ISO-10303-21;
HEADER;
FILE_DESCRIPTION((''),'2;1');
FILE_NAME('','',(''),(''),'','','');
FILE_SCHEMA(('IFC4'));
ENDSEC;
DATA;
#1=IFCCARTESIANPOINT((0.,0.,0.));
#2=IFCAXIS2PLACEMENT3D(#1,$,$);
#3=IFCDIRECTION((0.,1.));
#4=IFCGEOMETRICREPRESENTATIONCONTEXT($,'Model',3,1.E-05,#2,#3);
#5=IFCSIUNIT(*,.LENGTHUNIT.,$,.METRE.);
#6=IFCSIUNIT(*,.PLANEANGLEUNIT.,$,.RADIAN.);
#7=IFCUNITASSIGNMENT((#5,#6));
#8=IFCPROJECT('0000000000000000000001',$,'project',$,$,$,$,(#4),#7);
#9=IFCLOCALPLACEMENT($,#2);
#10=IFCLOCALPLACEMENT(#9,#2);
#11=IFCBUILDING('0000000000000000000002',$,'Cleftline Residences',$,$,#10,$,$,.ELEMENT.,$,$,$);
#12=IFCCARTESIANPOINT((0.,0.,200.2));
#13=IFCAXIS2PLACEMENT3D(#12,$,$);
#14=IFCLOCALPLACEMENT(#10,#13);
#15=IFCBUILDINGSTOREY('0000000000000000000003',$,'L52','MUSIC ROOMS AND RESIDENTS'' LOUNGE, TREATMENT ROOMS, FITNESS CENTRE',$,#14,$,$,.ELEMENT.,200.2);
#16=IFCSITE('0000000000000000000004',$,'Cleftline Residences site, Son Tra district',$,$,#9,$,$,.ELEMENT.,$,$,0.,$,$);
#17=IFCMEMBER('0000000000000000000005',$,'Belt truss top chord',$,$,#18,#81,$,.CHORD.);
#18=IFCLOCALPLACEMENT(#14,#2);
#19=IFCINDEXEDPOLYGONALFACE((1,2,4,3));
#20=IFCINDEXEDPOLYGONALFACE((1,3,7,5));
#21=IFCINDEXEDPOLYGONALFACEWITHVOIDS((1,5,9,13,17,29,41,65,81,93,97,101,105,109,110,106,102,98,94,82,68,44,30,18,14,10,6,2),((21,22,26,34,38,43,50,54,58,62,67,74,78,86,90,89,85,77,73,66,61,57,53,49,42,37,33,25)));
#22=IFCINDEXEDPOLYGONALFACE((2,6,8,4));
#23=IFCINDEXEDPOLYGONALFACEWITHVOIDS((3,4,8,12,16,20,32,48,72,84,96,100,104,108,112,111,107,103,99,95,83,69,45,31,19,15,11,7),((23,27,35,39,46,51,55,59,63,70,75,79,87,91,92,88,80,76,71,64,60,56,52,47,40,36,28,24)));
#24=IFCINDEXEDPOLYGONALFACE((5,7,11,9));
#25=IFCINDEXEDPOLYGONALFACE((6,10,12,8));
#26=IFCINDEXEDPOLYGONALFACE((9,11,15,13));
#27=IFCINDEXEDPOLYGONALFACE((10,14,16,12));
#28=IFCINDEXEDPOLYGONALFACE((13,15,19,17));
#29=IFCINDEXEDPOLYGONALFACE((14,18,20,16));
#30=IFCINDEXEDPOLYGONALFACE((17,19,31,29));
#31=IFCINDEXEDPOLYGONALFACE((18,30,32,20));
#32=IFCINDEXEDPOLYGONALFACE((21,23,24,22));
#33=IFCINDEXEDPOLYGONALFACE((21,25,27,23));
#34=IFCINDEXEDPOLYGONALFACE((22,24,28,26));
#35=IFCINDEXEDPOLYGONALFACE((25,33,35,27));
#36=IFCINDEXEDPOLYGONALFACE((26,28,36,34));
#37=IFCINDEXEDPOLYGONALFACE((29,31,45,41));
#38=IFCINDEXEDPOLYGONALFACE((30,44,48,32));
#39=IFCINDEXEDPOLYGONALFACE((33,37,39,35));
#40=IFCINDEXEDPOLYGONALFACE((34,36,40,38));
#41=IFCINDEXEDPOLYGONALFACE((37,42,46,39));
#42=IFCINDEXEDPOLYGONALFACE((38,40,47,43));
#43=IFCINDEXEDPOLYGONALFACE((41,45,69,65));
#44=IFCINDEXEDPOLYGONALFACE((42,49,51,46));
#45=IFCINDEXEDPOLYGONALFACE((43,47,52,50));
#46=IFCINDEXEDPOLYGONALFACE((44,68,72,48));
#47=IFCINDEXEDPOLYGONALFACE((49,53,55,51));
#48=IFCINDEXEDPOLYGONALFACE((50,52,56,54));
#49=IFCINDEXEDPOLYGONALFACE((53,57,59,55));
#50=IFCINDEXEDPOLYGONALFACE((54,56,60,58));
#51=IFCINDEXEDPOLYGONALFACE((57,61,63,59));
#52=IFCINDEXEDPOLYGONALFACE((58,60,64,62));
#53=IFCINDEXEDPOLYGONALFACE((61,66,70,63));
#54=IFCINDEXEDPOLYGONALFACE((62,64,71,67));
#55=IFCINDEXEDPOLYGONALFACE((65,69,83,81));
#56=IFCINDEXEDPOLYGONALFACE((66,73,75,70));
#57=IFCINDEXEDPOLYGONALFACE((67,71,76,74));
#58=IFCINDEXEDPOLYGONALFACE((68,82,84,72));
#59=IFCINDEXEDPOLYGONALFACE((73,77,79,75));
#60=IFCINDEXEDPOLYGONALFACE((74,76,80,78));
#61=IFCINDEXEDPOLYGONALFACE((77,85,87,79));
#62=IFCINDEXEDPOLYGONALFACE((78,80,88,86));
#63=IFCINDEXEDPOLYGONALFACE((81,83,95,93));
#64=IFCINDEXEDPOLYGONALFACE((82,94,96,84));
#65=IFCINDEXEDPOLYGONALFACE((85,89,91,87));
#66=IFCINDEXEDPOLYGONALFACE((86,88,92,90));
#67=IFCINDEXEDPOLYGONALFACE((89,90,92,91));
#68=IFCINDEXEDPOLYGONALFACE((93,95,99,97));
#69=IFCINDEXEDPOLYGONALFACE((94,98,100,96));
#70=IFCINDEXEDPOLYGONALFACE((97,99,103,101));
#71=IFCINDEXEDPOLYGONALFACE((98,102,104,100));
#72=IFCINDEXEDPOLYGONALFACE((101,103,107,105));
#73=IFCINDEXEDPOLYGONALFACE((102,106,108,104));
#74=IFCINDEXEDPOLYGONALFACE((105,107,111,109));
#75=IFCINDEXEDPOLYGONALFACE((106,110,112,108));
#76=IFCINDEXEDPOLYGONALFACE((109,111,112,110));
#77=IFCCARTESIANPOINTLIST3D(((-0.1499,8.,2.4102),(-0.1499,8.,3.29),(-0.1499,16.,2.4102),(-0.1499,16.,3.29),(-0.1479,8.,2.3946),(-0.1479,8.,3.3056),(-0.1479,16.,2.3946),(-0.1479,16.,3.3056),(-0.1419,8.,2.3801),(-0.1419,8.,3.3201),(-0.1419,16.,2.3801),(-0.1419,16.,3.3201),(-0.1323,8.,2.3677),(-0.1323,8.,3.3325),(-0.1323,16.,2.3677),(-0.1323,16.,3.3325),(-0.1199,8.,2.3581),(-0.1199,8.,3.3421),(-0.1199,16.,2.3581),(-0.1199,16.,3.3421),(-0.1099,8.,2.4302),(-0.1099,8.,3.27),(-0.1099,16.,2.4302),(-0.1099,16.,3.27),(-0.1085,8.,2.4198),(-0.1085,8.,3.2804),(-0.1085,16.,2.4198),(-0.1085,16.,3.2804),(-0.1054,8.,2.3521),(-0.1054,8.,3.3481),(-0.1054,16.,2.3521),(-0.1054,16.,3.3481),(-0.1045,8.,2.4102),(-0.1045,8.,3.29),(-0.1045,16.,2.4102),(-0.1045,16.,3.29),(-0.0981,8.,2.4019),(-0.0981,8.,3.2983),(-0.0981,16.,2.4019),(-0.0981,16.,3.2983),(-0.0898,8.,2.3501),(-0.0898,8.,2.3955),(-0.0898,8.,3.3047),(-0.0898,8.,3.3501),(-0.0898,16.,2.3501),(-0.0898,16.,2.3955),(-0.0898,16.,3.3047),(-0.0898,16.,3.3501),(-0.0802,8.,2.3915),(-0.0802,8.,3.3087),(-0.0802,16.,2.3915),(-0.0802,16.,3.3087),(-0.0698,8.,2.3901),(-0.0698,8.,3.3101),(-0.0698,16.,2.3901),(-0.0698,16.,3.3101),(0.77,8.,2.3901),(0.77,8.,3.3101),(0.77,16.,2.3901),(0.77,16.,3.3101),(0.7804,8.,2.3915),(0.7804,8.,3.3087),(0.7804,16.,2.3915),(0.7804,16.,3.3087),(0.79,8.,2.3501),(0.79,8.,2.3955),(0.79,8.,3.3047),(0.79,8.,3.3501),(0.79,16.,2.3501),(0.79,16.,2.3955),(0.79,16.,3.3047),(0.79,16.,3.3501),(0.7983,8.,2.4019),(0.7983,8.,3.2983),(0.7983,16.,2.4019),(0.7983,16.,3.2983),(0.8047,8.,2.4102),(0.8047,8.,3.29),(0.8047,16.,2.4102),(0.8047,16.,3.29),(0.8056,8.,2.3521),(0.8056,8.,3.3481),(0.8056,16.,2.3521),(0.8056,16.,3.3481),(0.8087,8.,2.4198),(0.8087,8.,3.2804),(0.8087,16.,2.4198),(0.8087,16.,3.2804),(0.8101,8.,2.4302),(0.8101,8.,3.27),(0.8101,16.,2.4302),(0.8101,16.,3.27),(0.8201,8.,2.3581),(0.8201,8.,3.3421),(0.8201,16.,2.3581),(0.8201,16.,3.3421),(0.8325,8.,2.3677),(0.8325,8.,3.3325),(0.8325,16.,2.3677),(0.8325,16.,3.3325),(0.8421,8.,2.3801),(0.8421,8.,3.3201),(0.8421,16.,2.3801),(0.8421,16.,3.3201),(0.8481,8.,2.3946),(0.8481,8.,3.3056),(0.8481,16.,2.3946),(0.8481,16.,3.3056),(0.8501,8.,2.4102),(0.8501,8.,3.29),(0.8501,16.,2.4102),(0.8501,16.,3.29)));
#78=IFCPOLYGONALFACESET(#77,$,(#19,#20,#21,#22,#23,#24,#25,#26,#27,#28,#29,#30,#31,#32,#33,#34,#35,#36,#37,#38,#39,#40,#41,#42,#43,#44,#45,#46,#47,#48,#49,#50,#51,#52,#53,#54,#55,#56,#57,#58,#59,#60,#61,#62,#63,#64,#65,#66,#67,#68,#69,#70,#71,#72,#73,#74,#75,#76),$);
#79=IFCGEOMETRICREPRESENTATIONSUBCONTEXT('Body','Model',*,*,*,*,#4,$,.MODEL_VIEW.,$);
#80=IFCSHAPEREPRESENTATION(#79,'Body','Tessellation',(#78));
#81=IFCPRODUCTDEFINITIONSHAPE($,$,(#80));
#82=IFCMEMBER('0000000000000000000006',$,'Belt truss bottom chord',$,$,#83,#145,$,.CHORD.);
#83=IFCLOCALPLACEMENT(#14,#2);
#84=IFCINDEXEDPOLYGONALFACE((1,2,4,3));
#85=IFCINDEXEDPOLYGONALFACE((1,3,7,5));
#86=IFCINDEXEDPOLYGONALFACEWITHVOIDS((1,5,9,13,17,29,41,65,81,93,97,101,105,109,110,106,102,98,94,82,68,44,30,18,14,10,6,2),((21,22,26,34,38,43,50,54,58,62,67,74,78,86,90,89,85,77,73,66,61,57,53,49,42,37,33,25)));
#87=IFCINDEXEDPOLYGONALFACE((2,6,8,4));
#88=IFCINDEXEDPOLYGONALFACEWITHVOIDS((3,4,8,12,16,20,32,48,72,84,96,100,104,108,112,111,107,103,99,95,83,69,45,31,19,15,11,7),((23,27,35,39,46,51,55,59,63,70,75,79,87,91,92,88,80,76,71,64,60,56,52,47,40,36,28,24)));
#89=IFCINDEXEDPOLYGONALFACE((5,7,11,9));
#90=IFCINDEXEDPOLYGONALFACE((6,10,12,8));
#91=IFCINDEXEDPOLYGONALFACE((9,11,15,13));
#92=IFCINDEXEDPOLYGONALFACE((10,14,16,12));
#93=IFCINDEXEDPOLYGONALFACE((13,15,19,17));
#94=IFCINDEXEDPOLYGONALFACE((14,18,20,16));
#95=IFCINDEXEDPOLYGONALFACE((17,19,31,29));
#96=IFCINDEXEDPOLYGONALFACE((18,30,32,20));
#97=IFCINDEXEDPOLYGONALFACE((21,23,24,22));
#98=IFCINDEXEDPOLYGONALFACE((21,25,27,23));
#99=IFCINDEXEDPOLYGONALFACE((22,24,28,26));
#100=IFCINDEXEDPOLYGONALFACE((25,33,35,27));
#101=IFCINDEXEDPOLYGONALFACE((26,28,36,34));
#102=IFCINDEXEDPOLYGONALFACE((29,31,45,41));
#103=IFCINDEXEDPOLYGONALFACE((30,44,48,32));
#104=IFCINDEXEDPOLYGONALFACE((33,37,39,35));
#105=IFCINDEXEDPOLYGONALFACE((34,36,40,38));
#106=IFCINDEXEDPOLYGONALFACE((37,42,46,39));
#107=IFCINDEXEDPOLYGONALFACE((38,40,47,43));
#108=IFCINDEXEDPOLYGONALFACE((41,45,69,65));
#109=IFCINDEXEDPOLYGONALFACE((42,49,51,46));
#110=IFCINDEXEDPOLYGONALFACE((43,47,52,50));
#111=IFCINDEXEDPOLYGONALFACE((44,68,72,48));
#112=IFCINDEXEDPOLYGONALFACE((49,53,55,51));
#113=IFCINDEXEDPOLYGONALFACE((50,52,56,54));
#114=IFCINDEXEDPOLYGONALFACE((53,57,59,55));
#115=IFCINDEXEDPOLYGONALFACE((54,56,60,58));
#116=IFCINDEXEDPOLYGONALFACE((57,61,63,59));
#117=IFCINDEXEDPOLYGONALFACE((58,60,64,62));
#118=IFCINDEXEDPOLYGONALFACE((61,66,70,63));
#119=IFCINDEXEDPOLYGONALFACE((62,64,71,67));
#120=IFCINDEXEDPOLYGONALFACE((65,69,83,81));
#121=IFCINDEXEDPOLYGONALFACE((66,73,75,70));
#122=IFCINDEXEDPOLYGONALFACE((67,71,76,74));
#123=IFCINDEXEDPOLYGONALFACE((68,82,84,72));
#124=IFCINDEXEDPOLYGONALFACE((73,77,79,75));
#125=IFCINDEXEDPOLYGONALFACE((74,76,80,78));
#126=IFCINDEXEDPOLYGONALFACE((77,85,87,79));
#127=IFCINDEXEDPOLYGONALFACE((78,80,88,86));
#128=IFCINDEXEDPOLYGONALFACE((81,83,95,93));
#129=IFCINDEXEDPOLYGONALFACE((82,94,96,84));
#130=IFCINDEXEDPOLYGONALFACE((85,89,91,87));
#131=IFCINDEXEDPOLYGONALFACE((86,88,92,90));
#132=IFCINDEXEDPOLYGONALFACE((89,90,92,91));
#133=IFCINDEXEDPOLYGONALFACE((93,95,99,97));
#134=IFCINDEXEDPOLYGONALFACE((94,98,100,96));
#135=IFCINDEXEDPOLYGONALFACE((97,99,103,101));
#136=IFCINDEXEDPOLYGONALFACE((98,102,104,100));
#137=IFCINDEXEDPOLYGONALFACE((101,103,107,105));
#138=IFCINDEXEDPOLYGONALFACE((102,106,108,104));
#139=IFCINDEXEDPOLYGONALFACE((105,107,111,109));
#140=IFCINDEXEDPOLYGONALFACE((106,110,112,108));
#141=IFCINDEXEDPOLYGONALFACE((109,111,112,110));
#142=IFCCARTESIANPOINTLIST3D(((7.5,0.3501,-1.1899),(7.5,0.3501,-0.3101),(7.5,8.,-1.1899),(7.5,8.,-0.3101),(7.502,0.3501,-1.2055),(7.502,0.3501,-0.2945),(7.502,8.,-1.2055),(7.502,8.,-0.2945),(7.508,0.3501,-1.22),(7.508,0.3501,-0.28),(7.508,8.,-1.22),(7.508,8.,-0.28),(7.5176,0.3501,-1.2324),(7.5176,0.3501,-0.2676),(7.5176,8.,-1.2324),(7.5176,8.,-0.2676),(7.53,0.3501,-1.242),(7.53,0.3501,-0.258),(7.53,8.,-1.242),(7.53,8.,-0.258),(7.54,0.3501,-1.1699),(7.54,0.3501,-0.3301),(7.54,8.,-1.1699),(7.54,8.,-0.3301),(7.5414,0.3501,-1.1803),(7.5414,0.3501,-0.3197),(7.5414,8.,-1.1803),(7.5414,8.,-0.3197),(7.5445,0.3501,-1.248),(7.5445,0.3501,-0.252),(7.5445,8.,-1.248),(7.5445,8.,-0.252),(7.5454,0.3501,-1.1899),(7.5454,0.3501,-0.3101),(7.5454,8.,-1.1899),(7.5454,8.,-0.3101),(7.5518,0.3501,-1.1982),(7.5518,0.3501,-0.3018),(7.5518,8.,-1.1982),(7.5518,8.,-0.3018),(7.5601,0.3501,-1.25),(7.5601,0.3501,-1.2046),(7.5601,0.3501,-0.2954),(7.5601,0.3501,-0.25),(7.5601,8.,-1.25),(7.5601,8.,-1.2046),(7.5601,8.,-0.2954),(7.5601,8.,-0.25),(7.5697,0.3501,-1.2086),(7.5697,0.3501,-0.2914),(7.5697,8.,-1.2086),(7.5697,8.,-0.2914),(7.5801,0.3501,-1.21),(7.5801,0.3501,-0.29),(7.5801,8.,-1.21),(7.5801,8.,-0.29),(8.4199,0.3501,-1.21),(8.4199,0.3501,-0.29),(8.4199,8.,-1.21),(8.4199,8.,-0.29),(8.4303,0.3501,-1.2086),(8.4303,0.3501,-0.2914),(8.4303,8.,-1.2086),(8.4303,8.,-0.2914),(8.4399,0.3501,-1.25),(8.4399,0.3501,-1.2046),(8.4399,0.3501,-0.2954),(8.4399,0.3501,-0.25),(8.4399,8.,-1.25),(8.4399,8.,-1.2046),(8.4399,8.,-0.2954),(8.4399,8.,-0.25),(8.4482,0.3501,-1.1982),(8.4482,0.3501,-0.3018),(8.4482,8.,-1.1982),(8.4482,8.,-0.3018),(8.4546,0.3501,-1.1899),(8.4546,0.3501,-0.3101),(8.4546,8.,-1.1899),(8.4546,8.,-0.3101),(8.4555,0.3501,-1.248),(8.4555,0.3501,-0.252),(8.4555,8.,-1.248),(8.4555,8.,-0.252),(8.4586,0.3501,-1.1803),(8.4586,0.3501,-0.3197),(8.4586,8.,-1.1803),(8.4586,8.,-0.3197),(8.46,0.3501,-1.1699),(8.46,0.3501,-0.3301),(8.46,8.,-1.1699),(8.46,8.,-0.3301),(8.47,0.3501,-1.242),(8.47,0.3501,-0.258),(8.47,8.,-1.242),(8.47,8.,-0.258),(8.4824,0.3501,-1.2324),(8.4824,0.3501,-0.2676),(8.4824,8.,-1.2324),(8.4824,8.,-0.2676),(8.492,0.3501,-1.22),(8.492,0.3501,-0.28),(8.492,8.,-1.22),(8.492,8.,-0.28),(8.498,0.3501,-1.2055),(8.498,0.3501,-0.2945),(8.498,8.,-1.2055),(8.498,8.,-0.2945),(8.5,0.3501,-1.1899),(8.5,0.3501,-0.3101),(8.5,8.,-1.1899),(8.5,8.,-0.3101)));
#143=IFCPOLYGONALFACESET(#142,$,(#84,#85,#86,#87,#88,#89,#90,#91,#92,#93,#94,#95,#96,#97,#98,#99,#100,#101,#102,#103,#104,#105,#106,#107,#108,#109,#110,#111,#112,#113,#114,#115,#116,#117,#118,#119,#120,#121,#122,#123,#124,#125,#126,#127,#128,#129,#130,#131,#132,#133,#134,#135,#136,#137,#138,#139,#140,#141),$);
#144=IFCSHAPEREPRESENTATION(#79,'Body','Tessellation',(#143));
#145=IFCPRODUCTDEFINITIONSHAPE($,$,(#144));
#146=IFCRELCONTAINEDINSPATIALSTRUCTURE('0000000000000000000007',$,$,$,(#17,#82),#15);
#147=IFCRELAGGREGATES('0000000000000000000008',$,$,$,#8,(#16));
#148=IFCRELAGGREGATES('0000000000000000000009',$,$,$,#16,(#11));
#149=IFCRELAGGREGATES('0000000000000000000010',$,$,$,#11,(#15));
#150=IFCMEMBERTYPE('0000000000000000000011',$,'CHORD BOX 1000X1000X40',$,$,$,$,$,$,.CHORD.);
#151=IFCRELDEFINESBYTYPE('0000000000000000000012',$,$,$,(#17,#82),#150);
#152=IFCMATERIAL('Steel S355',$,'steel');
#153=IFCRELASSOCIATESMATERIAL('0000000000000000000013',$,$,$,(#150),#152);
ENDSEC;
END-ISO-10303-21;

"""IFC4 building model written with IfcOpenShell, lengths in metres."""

from ifc_helpers import new_model, si_unit, direction, frame, origin, origin_2d, place, context, subcontext, project, spatial, hollow_rectangle, extrude, material, material_profile, profile_set, type_object, element, save


model = new_model("IFC4")

# Units and contexts
model_context = context("Model", 3, precision=1e-05, world=origin(), true_north=direction((0.0, 1.0)))
body_context = subcontext(model_context, "Body", "Model", "MODEL_VIEW")
ifc_project = project(units=[si_unit("LENGTHUNIT", "METRE"), si_unit("PLANEANGLEUNIT", "RADIAN")], contexts=[model_context])

# Site, building, storey
site_placement = place(None, origin())
site = spatial("IfcSite", under=ifc_project, at=site_placement, Name="Cleftline Residences site, Son Tra district", CompositionType="ELEMENT", RefElevation=0.0)
building_placement = place(site_placement, origin())
building = spatial("IfcBuilding", under=site, at=building_placement, Name="Cleftline Residences", CompositionType="ELEMENT")
storey_placement = place(building_placement, frame((0.0, 0.0, 200.2)))
storey = spatial("IfcBuildingStorey", under=building, at=storey_placement, Name="L52", Description="MUSIC ROOMS AND RESIDENTS' LOUNGE, TREATMENT ROOMS, FITNESS CENTRE", CompositionType="ELEMENT", Elevation=200.2)

# Members
ifc_material_1 = material(Name="Steel S355", Category="steel")
ifc_material_profile_1 = material_profile(ifc_material_1, hollow_rectangle(XDim=1.0, YDim=1.0, WallThickness=0.04, InnerFilletRadius=0.04, OuterFilletRadius=0.0601, at=origin_2d()))
ifc_profile_set_1 = profile_set([ifc_material_profile_1], Name="Steel S355")
member_type_1 = type_object("IfcMemberType", Name="CHORD BOX 1000X1000X40", PredefinedType="CHORD", material=ifc_profile_set_1)
for number, where, z_axis, x_axis, name in (
    (1, (0.3501, 8.0, 2.8501), (0.0, 1.0, 0.0), (-1.0, 0.0, 0.0), "Belt truss top chord"),
):
    element("IfcMember", number, at=place(storey_placement, frame(where, z_axis=z_axis, x_axis=x_axis)), inside=storey, type_object=member_type_1, Name=name, PredefinedType="CHORD", context=body_context, shape_type="SweptSolid", body=[
        extrude(hollow_rectangle(XDim=1.0, YDim=1.0, WallThickness=0.04, InnerFilletRadius=0.04, OuterFilletRadius=0.0601, at=origin_2d()), origin(), (0.0, 0.0, 1.0), 8.0),
    ])
for number, where, z_axis, x_axis, name in (
    (2, (8.0, 0.3501, -0.75), (0.0, 1.0, 0.0), (-1.0, 0.0, 0.0), "Belt truss bottom chord"),
):
    element("IfcMember", number, at=place(storey_placement, frame(where, z_axis=z_axis, x_axis=x_axis)), inside=storey, type_object=member_type_1, Name=name, PredefinedType="CHORD", context=body_context, shape_type="SweptSolid", body=[
        extrude(hollow_rectangle(XDim=1.0, YDim=1.0, WallThickness=0.04, InnerFilletRadius=0.04, OuterFilletRadius=0.0601, at=origin_2d()), origin(), (0.0, 0.0, 1.0), 7.6499),
    ])

save(model, "model.ifc")
